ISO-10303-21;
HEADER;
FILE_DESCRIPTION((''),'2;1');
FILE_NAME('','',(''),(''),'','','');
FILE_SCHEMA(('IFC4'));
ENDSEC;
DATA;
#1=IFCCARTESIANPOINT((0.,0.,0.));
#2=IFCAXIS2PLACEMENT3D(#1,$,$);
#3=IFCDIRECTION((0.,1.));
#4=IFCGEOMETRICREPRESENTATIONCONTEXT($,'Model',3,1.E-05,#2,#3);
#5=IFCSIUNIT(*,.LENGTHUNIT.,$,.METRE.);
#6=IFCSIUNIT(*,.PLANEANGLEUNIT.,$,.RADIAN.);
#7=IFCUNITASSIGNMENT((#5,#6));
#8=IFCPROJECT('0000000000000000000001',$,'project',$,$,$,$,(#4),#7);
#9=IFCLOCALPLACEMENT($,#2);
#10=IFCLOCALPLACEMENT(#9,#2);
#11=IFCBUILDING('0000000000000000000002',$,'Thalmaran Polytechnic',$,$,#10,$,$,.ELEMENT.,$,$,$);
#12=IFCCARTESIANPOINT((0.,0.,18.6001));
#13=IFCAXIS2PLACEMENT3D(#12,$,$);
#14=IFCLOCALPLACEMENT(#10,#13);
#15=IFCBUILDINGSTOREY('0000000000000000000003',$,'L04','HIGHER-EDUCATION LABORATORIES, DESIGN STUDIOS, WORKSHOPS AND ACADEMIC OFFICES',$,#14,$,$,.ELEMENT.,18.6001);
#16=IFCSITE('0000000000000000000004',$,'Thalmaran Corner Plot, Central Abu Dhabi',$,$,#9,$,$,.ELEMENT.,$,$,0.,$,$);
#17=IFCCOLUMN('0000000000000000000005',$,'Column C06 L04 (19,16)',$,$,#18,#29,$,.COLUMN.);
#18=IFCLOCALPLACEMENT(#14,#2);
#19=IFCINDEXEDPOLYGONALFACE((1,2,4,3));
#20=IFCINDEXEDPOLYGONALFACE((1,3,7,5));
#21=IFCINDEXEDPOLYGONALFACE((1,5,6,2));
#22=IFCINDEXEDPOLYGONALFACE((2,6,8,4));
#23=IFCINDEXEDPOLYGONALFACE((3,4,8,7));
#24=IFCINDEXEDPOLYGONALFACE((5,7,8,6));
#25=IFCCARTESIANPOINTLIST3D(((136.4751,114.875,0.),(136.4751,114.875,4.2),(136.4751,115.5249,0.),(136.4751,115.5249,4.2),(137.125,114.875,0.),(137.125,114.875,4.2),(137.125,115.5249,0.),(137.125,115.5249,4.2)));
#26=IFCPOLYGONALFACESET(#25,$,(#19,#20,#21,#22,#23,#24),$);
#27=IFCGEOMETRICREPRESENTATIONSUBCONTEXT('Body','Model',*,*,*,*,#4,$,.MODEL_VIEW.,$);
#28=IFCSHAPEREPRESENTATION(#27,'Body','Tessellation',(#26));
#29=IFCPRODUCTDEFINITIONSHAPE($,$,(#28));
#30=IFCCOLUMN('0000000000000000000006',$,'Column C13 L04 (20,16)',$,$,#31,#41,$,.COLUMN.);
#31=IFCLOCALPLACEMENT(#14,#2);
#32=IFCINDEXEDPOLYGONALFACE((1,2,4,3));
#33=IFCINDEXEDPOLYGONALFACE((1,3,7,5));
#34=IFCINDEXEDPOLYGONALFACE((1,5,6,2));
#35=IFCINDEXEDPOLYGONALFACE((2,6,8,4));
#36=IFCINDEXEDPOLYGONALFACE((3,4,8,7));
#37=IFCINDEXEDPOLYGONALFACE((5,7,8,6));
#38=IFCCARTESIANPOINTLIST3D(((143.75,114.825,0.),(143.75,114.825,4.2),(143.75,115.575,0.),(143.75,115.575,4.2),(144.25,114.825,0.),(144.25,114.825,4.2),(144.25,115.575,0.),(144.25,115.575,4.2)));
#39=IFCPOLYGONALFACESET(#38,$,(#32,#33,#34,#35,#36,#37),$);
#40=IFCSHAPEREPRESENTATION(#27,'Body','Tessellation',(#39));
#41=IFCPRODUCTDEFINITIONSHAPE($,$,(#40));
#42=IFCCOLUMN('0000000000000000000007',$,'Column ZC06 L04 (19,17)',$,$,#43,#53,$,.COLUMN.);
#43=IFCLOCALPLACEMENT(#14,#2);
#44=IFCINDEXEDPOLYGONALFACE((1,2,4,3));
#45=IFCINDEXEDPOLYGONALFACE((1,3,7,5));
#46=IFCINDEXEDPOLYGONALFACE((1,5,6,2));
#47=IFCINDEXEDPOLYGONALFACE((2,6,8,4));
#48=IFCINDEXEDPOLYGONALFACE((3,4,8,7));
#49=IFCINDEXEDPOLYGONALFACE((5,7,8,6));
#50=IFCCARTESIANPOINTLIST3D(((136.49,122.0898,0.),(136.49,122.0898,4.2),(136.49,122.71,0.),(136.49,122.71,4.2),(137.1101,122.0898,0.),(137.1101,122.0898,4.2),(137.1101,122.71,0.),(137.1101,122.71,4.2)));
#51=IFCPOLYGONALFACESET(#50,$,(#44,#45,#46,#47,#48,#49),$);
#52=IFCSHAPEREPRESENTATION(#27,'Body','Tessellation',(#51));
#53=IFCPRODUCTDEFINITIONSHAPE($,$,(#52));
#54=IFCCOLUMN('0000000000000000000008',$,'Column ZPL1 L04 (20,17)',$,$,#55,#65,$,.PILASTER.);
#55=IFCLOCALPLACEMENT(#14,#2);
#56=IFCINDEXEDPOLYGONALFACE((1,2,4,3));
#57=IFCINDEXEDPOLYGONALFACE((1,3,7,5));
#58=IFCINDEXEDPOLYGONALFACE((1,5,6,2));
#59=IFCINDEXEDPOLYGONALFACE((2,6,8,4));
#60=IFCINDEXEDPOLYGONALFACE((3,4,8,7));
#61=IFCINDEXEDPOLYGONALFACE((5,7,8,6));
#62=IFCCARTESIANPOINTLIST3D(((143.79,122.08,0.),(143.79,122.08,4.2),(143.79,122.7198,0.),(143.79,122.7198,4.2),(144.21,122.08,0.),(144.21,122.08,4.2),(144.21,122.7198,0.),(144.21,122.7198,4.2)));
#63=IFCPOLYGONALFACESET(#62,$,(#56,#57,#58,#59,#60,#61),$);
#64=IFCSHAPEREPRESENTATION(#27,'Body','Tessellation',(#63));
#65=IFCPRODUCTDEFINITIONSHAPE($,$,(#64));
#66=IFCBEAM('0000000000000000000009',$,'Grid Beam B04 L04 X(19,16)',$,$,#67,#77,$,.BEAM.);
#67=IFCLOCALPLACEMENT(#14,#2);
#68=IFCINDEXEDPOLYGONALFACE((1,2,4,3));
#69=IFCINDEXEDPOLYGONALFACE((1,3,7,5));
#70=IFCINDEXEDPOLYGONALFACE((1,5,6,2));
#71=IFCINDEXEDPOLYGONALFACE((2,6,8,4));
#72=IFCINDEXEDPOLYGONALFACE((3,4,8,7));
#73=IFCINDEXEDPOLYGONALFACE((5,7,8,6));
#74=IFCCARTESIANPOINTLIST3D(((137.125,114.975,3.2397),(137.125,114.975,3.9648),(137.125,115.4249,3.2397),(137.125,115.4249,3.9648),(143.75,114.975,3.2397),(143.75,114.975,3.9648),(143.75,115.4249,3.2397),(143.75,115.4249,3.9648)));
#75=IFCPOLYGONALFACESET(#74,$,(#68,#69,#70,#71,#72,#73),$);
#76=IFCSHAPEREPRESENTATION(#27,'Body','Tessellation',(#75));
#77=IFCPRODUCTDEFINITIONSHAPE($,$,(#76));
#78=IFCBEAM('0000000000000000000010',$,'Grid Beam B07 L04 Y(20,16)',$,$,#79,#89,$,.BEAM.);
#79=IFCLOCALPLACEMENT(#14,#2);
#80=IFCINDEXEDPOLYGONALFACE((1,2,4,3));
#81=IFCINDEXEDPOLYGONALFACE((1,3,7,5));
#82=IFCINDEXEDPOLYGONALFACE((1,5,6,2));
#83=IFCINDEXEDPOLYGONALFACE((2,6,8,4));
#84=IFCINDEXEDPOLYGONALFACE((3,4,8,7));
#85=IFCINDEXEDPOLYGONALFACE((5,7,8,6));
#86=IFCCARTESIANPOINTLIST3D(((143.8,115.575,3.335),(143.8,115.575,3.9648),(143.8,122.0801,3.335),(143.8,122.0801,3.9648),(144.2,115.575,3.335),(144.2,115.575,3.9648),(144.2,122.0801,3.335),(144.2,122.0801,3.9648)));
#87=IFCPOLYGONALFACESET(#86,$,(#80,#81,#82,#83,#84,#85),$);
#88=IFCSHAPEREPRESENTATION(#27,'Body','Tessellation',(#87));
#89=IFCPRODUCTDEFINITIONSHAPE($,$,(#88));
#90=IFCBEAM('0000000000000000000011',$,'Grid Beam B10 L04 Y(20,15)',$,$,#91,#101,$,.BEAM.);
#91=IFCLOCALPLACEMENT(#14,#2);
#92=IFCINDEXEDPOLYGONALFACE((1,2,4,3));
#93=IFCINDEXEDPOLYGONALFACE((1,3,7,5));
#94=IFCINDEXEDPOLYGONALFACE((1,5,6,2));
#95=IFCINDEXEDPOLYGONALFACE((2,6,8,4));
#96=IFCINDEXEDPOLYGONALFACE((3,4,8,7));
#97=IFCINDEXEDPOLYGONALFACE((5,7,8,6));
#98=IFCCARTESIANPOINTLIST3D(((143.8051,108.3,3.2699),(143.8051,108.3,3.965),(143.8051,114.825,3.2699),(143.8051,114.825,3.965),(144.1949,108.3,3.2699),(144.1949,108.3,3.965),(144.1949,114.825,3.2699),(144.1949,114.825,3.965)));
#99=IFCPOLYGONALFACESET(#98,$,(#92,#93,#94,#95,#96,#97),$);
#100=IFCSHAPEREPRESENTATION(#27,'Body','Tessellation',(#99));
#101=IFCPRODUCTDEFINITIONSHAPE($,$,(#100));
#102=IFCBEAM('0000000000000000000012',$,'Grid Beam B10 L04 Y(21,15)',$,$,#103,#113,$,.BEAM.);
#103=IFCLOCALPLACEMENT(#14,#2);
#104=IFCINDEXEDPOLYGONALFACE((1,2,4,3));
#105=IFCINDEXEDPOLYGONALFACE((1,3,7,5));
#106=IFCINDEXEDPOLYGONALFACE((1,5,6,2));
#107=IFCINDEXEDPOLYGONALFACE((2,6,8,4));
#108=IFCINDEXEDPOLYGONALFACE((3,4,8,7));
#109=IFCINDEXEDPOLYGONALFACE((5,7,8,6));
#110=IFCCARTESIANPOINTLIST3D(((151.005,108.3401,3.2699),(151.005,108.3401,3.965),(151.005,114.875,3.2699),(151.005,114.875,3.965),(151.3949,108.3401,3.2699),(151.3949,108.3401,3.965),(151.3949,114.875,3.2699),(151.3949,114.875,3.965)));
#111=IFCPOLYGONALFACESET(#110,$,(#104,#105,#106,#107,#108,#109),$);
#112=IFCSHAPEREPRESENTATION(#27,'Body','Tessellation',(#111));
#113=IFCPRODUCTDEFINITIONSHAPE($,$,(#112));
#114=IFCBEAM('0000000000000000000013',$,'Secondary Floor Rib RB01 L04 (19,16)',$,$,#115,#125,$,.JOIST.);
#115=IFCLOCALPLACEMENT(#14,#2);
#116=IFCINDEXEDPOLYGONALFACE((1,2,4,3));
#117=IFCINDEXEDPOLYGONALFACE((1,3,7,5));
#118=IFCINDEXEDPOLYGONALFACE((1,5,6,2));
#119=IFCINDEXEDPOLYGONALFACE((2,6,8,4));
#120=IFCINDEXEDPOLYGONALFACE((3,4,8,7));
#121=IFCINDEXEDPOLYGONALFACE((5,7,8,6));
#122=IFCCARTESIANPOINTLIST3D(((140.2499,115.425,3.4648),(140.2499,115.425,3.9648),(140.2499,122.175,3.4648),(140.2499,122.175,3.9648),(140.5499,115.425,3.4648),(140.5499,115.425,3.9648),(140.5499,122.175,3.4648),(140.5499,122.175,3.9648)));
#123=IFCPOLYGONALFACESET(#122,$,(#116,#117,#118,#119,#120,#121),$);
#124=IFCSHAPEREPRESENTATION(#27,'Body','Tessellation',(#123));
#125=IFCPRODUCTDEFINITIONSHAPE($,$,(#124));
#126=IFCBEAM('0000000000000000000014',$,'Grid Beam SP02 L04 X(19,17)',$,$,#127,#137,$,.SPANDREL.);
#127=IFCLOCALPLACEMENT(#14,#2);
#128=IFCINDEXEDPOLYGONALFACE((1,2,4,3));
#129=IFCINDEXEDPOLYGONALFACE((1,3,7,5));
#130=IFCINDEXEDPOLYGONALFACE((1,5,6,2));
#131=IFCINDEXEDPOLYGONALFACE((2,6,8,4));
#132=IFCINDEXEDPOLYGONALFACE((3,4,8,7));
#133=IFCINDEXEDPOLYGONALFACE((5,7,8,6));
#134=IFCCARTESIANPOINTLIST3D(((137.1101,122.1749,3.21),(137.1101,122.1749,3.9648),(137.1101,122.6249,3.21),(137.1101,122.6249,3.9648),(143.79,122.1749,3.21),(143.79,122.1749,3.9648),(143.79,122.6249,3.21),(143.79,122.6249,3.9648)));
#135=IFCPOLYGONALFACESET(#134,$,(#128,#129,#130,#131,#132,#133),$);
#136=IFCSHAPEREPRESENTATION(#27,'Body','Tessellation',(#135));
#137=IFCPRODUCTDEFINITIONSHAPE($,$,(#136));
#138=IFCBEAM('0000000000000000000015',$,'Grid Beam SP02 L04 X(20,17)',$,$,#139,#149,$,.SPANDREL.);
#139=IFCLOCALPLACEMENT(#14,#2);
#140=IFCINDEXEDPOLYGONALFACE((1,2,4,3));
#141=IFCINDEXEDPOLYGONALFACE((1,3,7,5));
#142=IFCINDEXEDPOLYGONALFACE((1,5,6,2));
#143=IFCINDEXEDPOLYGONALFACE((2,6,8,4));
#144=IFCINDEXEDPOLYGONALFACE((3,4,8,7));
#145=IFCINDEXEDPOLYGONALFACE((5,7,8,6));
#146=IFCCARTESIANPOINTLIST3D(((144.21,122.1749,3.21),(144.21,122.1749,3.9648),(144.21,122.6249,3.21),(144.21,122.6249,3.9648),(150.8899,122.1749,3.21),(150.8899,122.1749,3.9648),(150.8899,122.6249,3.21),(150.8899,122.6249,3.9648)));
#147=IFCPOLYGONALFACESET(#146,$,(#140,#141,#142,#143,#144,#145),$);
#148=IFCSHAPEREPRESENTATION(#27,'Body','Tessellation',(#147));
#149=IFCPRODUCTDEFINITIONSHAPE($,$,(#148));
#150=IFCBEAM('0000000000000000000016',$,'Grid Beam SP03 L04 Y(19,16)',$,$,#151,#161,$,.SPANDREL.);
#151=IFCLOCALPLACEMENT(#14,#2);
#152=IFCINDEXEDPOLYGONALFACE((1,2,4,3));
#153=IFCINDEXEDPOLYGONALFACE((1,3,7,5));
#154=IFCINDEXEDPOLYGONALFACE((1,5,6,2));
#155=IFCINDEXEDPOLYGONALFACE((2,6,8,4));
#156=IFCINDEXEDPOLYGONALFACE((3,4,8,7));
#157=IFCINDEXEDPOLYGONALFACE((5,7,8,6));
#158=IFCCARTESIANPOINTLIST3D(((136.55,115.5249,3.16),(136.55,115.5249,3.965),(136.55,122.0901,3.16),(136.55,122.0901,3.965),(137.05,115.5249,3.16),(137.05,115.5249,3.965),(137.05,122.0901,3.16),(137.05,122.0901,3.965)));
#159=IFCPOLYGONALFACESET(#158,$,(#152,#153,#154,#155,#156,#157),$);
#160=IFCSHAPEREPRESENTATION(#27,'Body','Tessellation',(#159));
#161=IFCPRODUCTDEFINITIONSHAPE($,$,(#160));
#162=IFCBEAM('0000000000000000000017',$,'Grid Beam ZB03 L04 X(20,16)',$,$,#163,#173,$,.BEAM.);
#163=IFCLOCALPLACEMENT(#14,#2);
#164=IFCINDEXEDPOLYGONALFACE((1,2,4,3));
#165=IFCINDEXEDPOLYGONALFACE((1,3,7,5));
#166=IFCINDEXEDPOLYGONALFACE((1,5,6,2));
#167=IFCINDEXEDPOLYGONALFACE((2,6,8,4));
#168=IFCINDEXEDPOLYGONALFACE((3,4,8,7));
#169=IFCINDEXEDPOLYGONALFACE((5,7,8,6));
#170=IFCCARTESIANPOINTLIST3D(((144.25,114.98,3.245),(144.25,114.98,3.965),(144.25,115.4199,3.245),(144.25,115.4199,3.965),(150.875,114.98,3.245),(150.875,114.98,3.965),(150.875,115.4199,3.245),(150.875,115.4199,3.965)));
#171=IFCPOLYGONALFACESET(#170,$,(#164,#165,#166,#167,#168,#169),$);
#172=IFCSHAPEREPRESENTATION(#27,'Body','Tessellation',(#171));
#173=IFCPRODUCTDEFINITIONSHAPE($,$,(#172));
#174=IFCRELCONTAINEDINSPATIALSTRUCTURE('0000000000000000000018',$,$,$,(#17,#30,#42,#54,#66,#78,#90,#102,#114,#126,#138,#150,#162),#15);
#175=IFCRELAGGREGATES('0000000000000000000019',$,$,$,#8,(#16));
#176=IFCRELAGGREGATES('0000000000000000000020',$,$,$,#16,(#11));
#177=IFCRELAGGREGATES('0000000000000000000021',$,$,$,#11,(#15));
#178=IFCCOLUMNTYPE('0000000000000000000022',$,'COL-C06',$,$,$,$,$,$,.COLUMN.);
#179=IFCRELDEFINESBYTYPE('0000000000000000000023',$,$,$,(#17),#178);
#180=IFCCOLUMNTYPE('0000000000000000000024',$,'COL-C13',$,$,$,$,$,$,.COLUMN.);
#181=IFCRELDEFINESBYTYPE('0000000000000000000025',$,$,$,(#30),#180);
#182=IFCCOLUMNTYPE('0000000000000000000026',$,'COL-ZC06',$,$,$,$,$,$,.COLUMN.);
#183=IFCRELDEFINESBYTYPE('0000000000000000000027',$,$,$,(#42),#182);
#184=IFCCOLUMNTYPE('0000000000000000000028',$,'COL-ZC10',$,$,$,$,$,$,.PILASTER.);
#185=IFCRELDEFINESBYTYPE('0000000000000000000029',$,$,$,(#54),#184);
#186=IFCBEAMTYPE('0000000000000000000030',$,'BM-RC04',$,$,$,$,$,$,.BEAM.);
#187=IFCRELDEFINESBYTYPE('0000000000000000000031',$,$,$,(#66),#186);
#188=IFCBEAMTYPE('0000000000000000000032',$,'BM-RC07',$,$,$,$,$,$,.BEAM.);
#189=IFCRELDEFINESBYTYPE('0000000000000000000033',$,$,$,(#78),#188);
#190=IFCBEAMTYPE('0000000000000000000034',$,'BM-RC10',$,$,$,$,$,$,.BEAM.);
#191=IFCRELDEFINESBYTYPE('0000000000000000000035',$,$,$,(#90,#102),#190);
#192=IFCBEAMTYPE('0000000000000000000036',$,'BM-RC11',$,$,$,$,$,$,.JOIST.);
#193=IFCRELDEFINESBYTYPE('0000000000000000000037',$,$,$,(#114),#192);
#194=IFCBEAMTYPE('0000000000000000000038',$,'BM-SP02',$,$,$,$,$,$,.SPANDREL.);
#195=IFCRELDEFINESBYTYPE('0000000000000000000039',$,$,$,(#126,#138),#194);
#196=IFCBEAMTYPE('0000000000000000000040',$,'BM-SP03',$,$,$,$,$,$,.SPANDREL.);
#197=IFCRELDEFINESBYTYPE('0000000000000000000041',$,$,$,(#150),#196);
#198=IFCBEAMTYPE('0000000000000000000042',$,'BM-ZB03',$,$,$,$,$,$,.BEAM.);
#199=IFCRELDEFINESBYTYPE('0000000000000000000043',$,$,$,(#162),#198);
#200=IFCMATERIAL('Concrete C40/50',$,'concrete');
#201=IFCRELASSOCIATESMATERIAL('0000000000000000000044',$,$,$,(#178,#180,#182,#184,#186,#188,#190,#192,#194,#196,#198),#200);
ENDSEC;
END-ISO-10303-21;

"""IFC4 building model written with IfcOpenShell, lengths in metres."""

from ifc_helpers import new_model, si_unit, direction, frame, origin, origin_2d, place, context, subcontext, project, spatial, rectangle, extrude, material, material_profile, profile_set, type_object, element, save


model = new_model("IFC4")

# Units and contexts
model_context = context("Model", 3, precision=1e-05, world=origin(), true_north=direction((0.0, 1.0)))
body_context = subcontext(model_context, "Body", "Model", "MODEL_VIEW")
ifc_project = project(units=[si_unit("LENGTHUNIT", "METRE"), si_unit("PLANEANGLEUNIT", "RADIAN")], contexts=[model_context])

# Site, building, storey
site_placement = place(None, origin())
site = spatial("IfcSite", under=ifc_project, at=site_placement, Name="Thalmaran Corner Plot, Central Abu Dhabi", CompositionType="ELEMENT", RefElevation=0.0)
building_placement = place(site_placement, origin())
building = spatial("IfcBuilding", under=site, at=building_placement, Name="Thalmaran Polytechnic", CompositionType="ELEMENT")
storey_placement = place(building_placement, frame((0.0, 0.0, 18.6001)))
storey = spatial("IfcBuildingStorey", under=building, at=storey_placement, Name="L04", Description="HIGHER-EDUCATION LABORATORIES, DESIGN STUDIOS, WORKSHOPS AND ACADEMIC OFFICES", CompositionType="ELEMENT", Elevation=18.6001)

# Columns
ifc_material_1 = material(Name="Concrete C40/50", Category="concrete")
ifc_material_profile_1 = material_profile(ifc_material_1, rectangle(XDim=0.6499, YDim=0.6499, at=origin_2d()), Name="RC 650x650")
ifc_profile_set_1 = profile_set([ifc_material_profile_1], Name="Concrete C40/50")
column_type_1 = type_object("IfcColumnType", Name="COL-C06", PredefinedType="COLUMN", material=ifc_profile_set_1)
column_1_placement = place(storey_placement, frame((136.8, 115.2, 0.0), z_axis=(0.0, 0.0, 1.0), x_axis=(1.0, 0.0, 0.0)))
element("IfcColumn", 1, at=column_1_placement, inside=storey, type_object=column_type_1, Name="Column C06 L04 (19,16)", PredefinedType="COLUMN", context=body_context, shape_type="SweptSolid", body=[
    extrude(rectangle(XDim=0.6499, YDim=0.6499, at=origin_2d()), origin(), (0.0, 0.0, 1.0), 4.2),
])
ifc_material_profile_2 = material_profile(ifc_material_1, rectangle(XDim=0.5, YDim=0.75, at=origin_2d()), Name="RC 500x750")
ifc_profile_set_2 = profile_set([ifc_material_profile_2], Name="Concrete C40/50")
column_type_2 = type_object("IfcColumnType", Name="COL-C13", PredefinedType="COLUMN", material=ifc_profile_set_2)
column_2_placement = place(storey_placement, frame((144.0, 115.2, 0.0), z_axis=(0.0, 0.0, 1.0), x_axis=(1.0, 0.0, 0.0)))
element("IfcColumn", 2, at=column_2_placement, inside=storey, type_object=column_type_2, Name="Column C13 L04 (20,16)", PredefinedType="COLUMN", context=body_context, shape_type="SweptSolid", body=[
    extrude(rectangle(XDim=0.5, YDim=0.75, at=origin_2d()), origin(), (0.0, 0.0, 1.0), 4.2),
])
ifc_material_profile_3 = material_profile(ifc_material_1, rectangle(XDim=0.6201, YDim=0.6201, at=origin_2d()), Name="RC 620x620")
ifc_profile_set_3 = profile_set([ifc_material_profile_3], Name="Concrete C40/50")
column_type_3 = type_object("IfcColumnType", Name="COL-ZC06", PredefinedType="COLUMN", material=ifc_profile_set_3)
column_3_placement = place(storey_placement, frame((136.8, 122.3999, 0.0), z_axis=(0.0, 0.0, 1.0), x_axis=(1.0, 0.0, 0.0)))
element("IfcColumn", 3, at=column_3_placement, inside=storey, type_object=column_type_3, Name="Column ZC06 L04 (19,17)", PredefinedType="COLUMN", context=body_context, shape_type="SweptSolid", body=[
    extrude(rectangle(XDim=0.6201, YDim=0.6201, at=origin_2d()), origin(), (0.0, 0.0, 1.0), 4.2),
])
ifc_material_profile_4 = material_profile(ifc_material_1, rectangle(XDim=0.4199, YDim=0.6399, at=origin_2d()), Name="RC 420x640")
ifc_profile_set_4 = profile_set([ifc_material_profile_4], Name="Concrete C40/50")
column_type_4 = type_object("IfcColumnType", Name="COL-ZC10", PredefinedType="PILASTER", material=ifc_profile_set_4)
column_4_placement = place(storey_placement, frame((144.0, 122.3999, 0.0), z_axis=(0.0, 0.0, 1.0), x_axis=(1.0, 0.0, 0.0)))
element("IfcColumn", 4, at=column_4_placement, inside=storey, type_object=column_type_4, Name="Column ZPL1 L04 (20,17)", PredefinedType="PILASTER", context=body_context, shape_type="SweptSolid", body=[
    extrude(rectangle(XDim=0.4199, YDim=0.6399, at=origin_2d()), origin(), (0.0, 0.0, 1.0), 4.2),
])

# Beams
ifc_material_profile_5 = material_profile(ifc_material_1, rectangle(XDim=0.45, YDim=0.7251, at=origin_2d()), Name="RC 450x725")
ifc_profile_set_5 = profile_set([ifc_material_profile_5], Name="Concrete C40/50")
beam_type_1 = type_object("IfcBeamType", Name="BM-RC04", PredefinedType="BEAM", material=ifc_profile_set_5)
beam_1_placement = place(storey_placement, frame((137.125, 115.2, 3.6023), z_axis=(1.0, 0.0, 0.0), x_axis=(0.0, 1.0, 0.0)))
element("IfcBeam", 5, at=beam_1_placement, inside=storey, type_object=beam_type_1, Name="Grid Beam B04 L04 X(19,16)", PredefinedType="BEAM", context=body_context, shape_type="SweptSolid", body=[
    extrude(rectangle(XDim=0.45, YDim=0.7251, at=origin_2d()), origin(), (0.0, 0.0, 1.0), 6.625),
])
ifc_material_profile_6 = material_profile(ifc_material_1, rectangle(XDim=0.3999, YDim=0.6299, at=origin_2d()), Name="RC 400x630")
ifc_profile_set_6 = profile_set([ifc_material_profile_6], Name="Concrete C40/50")
beam_type_2 = type_object("IfcBeamType", Name="BM-RC07", PredefinedType="BEAM", material=ifc_profile_set_6)
beam_2_placement = place(storey_placement, frame((144.0, 115.575, 3.6499), z_axis=(0.0, 1.0, 0.0), x_axis=(-1.0, 0.0, 0.0)))
element("IfcBeam", 6, at=beam_2_placement, inside=storey, type_object=beam_type_2, Name="Grid Beam B07 L04 Y(20,16)", PredefinedType="BEAM", context=body_context, shape_type="SweptSolid", body=[
    extrude(rectangle(XDim=0.3999, YDim=0.6299, at=origin_2d()), origin(), (0.0, 0.0, 1.0), 6.5051),
])
ifc_material_profile_7 = material_profile(ifc_material_1, rectangle(XDim=0.3899, YDim=0.6951, at=origin_2d()), Name="RC 390x695")
ifc_profile_set_7 = profile_set([ifc_material_profile_7], Name="Concrete C40/50")
beam_type_3 = type_object("IfcBeamType", Name="BM-RC10", PredefinedType="BEAM", material=ifc_profile_set_7)
beam_3_placement = place(storey_placement, frame((144.0, 108.3, 3.6174), z_axis=(0.0, 1.0, 0.0), x_axis=(-1.0, 0.0, 0.0)))
element("IfcBeam", 7, at=beam_3_placement, inside=storey, type_object=beam_type_3, Name="Grid Beam B10 L04 Y(20,15)", PredefinedType="BEAM", context=body_context, shape_type="SweptSolid", body=[
    extrude(rectangle(XDim=0.3899, YDim=0.6951, at=origin_2d()), origin(), (0.0, 0.0, 1.0), 6.5249),
])
beam_4_placement = place(storey_placement, frame((151.2, 108.3401, 3.6174), z_axis=(0.0, 1.0, 0.0), x_axis=(-1.0, 0.0, 0.0)))
element("IfcBeam", 8, at=beam_4_placement, inside=storey, type_object=beam_type_3, Name="Grid Beam B10 L04 Y(21,15)", PredefinedType="BEAM", context=body_context, shape_type="SweptSolid", body=[
    extrude(rectangle(XDim=0.3899, YDim=0.6951, at=origin_2d()), origin(), (0.0, 0.0, 1.0), 6.5349),
])
ifc_material_profile_8 = material_profile(ifc_material_1, rectangle(XDim=0.3, YDim=0.5, at=origin_2d()), Name="RC 300x500")
ifc_profile_set_8 = profile_set([ifc_material_profile_8], Name="Concrete C40/50")
beam_type_4 = type_object("IfcBeamType", Name="BM-RC11", PredefinedType="JOIST", material=ifc_profile_set_8)
beam_5_placement = place(storey_placement, frame((140.3999, 115.425, 3.7148), z_axis=(0.0, 1.0, 0.0), x_axis=(-1.0, 0.0, 0.0)))
element("IfcBeam", 9, at=beam_5_placement, inside=storey, type_object=beam_type_4, Name="Secondary Floor Rib RB01 L04 (19,16)", PredefinedType="JOIST", context=body_context, shape_type="SweptSolid", body=[
    extrude(rectangle(XDim=0.3, YDim=0.5, at=origin_2d()), origin(), (0.0, 0.0, 1.0), 6.75),
])
ifc_material_profile_9 = material_profile(ifc_material_1, rectangle(XDim=0.45, YDim=0.7549, at=origin_2d()), Name="RC 450x755")
ifc_profile_set_9 = profile_set([ifc_material_profile_9], Name="Concrete C40/50")
beam_type_5 = type_object("IfcBeamType", Name="BM-SP02", PredefinedType="SPANDREL", material=ifc_profile_set_9)
for number, where, z_axis, x_axis, name in (
    (10, (137.1101, 122.3999, 3.5874), (1.0, 0.0, 0.0), (0.0, 1.0, 0.0), "Grid Beam SP02 L04 X(19,17)"),
    (11, (144.21, 122.3999, 3.5874), (1.0, 0.0, 0.0), (0.0, 1.0, 0.0), "Grid Beam SP02 L04 X(20,17)"),
):
    element("IfcBeam", number, at=place(storey_placement, frame(where, z_axis=z_axis, x_axis=x_axis)), inside=storey, type_object=beam_type_5, Name=name, PredefinedType="SPANDREL", context=body_context, shape_type="SweptSolid", body=[
        extrude(rectangle(XDim=0.45, YDim=0.7549, at=origin_2d()), origin(), (0.0, 0.0, 1.0), 6.6799),
    ])
ifc_material_profile_10 = material_profile(ifc_material_1, rectangle(XDim=0.5, YDim=0.8049, at=origin_2d()), Name="RC 500x805")
ifc_profile_set_10 = profile_set([ifc_material_profile_10], Name="Concrete C40/50")
beam_type_6 = type_object("IfcBeamType", Name="BM-SP03", PredefinedType="SPANDREL", material=ifc_profile_set_10)
beam_6_placement = place(storey_placement, frame((136.8, 115.5249, 3.5625), z_axis=(0.0, 1.0, 0.0), x_axis=(-1.0, 0.0, 0.0)))
element("IfcBeam", 12, at=beam_6_placement, inside=storey, type_object=beam_type_6, Name="Grid Beam SP03 L04 Y(19,16)", PredefinedType="SPANDREL", context=body_context, shape_type="SweptSolid", body=[
    extrude(rectangle(XDim=0.5, YDim=0.8049, at=origin_2d()), origin(), (0.0, 0.0, 1.0), 6.5652),
])
ifc_material_profile_11 = material_profile(ifc_material_1, rectangle(XDim=0.4399, YDim=0.72, at=origin_2d()), Name="RC 440x720")
ifc_profile_set_11 = profile_set([ifc_material_profile_11], Name="Concrete C40/50")
beam_type_7 = type_object("IfcBeamType", Name="BM-ZB03", PredefinedType="BEAM", material=ifc_profile_set_11)
beam_7_placement = place(storey_placement, frame((144.25, 115.2, 3.605), z_axis=(1.0, 0.0, 0.0), x_axis=(0.0, 1.0, 0.0)))
element("IfcBeam", 13, at=beam_7_placement, inside=storey, type_object=beam_type_7, Name="Grid Beam ZB03 L04 X(20,16)", PredefinedType="BEAM", context=body_context, shape_type="SweptSolid", body=[
    extrude(rectangle(XDim=0.4399, YDim=0.72, at=origin_2d()), origin(), (0.0, 0.0, 1.0), 6.625),
])

save(model, "model.ifc")
